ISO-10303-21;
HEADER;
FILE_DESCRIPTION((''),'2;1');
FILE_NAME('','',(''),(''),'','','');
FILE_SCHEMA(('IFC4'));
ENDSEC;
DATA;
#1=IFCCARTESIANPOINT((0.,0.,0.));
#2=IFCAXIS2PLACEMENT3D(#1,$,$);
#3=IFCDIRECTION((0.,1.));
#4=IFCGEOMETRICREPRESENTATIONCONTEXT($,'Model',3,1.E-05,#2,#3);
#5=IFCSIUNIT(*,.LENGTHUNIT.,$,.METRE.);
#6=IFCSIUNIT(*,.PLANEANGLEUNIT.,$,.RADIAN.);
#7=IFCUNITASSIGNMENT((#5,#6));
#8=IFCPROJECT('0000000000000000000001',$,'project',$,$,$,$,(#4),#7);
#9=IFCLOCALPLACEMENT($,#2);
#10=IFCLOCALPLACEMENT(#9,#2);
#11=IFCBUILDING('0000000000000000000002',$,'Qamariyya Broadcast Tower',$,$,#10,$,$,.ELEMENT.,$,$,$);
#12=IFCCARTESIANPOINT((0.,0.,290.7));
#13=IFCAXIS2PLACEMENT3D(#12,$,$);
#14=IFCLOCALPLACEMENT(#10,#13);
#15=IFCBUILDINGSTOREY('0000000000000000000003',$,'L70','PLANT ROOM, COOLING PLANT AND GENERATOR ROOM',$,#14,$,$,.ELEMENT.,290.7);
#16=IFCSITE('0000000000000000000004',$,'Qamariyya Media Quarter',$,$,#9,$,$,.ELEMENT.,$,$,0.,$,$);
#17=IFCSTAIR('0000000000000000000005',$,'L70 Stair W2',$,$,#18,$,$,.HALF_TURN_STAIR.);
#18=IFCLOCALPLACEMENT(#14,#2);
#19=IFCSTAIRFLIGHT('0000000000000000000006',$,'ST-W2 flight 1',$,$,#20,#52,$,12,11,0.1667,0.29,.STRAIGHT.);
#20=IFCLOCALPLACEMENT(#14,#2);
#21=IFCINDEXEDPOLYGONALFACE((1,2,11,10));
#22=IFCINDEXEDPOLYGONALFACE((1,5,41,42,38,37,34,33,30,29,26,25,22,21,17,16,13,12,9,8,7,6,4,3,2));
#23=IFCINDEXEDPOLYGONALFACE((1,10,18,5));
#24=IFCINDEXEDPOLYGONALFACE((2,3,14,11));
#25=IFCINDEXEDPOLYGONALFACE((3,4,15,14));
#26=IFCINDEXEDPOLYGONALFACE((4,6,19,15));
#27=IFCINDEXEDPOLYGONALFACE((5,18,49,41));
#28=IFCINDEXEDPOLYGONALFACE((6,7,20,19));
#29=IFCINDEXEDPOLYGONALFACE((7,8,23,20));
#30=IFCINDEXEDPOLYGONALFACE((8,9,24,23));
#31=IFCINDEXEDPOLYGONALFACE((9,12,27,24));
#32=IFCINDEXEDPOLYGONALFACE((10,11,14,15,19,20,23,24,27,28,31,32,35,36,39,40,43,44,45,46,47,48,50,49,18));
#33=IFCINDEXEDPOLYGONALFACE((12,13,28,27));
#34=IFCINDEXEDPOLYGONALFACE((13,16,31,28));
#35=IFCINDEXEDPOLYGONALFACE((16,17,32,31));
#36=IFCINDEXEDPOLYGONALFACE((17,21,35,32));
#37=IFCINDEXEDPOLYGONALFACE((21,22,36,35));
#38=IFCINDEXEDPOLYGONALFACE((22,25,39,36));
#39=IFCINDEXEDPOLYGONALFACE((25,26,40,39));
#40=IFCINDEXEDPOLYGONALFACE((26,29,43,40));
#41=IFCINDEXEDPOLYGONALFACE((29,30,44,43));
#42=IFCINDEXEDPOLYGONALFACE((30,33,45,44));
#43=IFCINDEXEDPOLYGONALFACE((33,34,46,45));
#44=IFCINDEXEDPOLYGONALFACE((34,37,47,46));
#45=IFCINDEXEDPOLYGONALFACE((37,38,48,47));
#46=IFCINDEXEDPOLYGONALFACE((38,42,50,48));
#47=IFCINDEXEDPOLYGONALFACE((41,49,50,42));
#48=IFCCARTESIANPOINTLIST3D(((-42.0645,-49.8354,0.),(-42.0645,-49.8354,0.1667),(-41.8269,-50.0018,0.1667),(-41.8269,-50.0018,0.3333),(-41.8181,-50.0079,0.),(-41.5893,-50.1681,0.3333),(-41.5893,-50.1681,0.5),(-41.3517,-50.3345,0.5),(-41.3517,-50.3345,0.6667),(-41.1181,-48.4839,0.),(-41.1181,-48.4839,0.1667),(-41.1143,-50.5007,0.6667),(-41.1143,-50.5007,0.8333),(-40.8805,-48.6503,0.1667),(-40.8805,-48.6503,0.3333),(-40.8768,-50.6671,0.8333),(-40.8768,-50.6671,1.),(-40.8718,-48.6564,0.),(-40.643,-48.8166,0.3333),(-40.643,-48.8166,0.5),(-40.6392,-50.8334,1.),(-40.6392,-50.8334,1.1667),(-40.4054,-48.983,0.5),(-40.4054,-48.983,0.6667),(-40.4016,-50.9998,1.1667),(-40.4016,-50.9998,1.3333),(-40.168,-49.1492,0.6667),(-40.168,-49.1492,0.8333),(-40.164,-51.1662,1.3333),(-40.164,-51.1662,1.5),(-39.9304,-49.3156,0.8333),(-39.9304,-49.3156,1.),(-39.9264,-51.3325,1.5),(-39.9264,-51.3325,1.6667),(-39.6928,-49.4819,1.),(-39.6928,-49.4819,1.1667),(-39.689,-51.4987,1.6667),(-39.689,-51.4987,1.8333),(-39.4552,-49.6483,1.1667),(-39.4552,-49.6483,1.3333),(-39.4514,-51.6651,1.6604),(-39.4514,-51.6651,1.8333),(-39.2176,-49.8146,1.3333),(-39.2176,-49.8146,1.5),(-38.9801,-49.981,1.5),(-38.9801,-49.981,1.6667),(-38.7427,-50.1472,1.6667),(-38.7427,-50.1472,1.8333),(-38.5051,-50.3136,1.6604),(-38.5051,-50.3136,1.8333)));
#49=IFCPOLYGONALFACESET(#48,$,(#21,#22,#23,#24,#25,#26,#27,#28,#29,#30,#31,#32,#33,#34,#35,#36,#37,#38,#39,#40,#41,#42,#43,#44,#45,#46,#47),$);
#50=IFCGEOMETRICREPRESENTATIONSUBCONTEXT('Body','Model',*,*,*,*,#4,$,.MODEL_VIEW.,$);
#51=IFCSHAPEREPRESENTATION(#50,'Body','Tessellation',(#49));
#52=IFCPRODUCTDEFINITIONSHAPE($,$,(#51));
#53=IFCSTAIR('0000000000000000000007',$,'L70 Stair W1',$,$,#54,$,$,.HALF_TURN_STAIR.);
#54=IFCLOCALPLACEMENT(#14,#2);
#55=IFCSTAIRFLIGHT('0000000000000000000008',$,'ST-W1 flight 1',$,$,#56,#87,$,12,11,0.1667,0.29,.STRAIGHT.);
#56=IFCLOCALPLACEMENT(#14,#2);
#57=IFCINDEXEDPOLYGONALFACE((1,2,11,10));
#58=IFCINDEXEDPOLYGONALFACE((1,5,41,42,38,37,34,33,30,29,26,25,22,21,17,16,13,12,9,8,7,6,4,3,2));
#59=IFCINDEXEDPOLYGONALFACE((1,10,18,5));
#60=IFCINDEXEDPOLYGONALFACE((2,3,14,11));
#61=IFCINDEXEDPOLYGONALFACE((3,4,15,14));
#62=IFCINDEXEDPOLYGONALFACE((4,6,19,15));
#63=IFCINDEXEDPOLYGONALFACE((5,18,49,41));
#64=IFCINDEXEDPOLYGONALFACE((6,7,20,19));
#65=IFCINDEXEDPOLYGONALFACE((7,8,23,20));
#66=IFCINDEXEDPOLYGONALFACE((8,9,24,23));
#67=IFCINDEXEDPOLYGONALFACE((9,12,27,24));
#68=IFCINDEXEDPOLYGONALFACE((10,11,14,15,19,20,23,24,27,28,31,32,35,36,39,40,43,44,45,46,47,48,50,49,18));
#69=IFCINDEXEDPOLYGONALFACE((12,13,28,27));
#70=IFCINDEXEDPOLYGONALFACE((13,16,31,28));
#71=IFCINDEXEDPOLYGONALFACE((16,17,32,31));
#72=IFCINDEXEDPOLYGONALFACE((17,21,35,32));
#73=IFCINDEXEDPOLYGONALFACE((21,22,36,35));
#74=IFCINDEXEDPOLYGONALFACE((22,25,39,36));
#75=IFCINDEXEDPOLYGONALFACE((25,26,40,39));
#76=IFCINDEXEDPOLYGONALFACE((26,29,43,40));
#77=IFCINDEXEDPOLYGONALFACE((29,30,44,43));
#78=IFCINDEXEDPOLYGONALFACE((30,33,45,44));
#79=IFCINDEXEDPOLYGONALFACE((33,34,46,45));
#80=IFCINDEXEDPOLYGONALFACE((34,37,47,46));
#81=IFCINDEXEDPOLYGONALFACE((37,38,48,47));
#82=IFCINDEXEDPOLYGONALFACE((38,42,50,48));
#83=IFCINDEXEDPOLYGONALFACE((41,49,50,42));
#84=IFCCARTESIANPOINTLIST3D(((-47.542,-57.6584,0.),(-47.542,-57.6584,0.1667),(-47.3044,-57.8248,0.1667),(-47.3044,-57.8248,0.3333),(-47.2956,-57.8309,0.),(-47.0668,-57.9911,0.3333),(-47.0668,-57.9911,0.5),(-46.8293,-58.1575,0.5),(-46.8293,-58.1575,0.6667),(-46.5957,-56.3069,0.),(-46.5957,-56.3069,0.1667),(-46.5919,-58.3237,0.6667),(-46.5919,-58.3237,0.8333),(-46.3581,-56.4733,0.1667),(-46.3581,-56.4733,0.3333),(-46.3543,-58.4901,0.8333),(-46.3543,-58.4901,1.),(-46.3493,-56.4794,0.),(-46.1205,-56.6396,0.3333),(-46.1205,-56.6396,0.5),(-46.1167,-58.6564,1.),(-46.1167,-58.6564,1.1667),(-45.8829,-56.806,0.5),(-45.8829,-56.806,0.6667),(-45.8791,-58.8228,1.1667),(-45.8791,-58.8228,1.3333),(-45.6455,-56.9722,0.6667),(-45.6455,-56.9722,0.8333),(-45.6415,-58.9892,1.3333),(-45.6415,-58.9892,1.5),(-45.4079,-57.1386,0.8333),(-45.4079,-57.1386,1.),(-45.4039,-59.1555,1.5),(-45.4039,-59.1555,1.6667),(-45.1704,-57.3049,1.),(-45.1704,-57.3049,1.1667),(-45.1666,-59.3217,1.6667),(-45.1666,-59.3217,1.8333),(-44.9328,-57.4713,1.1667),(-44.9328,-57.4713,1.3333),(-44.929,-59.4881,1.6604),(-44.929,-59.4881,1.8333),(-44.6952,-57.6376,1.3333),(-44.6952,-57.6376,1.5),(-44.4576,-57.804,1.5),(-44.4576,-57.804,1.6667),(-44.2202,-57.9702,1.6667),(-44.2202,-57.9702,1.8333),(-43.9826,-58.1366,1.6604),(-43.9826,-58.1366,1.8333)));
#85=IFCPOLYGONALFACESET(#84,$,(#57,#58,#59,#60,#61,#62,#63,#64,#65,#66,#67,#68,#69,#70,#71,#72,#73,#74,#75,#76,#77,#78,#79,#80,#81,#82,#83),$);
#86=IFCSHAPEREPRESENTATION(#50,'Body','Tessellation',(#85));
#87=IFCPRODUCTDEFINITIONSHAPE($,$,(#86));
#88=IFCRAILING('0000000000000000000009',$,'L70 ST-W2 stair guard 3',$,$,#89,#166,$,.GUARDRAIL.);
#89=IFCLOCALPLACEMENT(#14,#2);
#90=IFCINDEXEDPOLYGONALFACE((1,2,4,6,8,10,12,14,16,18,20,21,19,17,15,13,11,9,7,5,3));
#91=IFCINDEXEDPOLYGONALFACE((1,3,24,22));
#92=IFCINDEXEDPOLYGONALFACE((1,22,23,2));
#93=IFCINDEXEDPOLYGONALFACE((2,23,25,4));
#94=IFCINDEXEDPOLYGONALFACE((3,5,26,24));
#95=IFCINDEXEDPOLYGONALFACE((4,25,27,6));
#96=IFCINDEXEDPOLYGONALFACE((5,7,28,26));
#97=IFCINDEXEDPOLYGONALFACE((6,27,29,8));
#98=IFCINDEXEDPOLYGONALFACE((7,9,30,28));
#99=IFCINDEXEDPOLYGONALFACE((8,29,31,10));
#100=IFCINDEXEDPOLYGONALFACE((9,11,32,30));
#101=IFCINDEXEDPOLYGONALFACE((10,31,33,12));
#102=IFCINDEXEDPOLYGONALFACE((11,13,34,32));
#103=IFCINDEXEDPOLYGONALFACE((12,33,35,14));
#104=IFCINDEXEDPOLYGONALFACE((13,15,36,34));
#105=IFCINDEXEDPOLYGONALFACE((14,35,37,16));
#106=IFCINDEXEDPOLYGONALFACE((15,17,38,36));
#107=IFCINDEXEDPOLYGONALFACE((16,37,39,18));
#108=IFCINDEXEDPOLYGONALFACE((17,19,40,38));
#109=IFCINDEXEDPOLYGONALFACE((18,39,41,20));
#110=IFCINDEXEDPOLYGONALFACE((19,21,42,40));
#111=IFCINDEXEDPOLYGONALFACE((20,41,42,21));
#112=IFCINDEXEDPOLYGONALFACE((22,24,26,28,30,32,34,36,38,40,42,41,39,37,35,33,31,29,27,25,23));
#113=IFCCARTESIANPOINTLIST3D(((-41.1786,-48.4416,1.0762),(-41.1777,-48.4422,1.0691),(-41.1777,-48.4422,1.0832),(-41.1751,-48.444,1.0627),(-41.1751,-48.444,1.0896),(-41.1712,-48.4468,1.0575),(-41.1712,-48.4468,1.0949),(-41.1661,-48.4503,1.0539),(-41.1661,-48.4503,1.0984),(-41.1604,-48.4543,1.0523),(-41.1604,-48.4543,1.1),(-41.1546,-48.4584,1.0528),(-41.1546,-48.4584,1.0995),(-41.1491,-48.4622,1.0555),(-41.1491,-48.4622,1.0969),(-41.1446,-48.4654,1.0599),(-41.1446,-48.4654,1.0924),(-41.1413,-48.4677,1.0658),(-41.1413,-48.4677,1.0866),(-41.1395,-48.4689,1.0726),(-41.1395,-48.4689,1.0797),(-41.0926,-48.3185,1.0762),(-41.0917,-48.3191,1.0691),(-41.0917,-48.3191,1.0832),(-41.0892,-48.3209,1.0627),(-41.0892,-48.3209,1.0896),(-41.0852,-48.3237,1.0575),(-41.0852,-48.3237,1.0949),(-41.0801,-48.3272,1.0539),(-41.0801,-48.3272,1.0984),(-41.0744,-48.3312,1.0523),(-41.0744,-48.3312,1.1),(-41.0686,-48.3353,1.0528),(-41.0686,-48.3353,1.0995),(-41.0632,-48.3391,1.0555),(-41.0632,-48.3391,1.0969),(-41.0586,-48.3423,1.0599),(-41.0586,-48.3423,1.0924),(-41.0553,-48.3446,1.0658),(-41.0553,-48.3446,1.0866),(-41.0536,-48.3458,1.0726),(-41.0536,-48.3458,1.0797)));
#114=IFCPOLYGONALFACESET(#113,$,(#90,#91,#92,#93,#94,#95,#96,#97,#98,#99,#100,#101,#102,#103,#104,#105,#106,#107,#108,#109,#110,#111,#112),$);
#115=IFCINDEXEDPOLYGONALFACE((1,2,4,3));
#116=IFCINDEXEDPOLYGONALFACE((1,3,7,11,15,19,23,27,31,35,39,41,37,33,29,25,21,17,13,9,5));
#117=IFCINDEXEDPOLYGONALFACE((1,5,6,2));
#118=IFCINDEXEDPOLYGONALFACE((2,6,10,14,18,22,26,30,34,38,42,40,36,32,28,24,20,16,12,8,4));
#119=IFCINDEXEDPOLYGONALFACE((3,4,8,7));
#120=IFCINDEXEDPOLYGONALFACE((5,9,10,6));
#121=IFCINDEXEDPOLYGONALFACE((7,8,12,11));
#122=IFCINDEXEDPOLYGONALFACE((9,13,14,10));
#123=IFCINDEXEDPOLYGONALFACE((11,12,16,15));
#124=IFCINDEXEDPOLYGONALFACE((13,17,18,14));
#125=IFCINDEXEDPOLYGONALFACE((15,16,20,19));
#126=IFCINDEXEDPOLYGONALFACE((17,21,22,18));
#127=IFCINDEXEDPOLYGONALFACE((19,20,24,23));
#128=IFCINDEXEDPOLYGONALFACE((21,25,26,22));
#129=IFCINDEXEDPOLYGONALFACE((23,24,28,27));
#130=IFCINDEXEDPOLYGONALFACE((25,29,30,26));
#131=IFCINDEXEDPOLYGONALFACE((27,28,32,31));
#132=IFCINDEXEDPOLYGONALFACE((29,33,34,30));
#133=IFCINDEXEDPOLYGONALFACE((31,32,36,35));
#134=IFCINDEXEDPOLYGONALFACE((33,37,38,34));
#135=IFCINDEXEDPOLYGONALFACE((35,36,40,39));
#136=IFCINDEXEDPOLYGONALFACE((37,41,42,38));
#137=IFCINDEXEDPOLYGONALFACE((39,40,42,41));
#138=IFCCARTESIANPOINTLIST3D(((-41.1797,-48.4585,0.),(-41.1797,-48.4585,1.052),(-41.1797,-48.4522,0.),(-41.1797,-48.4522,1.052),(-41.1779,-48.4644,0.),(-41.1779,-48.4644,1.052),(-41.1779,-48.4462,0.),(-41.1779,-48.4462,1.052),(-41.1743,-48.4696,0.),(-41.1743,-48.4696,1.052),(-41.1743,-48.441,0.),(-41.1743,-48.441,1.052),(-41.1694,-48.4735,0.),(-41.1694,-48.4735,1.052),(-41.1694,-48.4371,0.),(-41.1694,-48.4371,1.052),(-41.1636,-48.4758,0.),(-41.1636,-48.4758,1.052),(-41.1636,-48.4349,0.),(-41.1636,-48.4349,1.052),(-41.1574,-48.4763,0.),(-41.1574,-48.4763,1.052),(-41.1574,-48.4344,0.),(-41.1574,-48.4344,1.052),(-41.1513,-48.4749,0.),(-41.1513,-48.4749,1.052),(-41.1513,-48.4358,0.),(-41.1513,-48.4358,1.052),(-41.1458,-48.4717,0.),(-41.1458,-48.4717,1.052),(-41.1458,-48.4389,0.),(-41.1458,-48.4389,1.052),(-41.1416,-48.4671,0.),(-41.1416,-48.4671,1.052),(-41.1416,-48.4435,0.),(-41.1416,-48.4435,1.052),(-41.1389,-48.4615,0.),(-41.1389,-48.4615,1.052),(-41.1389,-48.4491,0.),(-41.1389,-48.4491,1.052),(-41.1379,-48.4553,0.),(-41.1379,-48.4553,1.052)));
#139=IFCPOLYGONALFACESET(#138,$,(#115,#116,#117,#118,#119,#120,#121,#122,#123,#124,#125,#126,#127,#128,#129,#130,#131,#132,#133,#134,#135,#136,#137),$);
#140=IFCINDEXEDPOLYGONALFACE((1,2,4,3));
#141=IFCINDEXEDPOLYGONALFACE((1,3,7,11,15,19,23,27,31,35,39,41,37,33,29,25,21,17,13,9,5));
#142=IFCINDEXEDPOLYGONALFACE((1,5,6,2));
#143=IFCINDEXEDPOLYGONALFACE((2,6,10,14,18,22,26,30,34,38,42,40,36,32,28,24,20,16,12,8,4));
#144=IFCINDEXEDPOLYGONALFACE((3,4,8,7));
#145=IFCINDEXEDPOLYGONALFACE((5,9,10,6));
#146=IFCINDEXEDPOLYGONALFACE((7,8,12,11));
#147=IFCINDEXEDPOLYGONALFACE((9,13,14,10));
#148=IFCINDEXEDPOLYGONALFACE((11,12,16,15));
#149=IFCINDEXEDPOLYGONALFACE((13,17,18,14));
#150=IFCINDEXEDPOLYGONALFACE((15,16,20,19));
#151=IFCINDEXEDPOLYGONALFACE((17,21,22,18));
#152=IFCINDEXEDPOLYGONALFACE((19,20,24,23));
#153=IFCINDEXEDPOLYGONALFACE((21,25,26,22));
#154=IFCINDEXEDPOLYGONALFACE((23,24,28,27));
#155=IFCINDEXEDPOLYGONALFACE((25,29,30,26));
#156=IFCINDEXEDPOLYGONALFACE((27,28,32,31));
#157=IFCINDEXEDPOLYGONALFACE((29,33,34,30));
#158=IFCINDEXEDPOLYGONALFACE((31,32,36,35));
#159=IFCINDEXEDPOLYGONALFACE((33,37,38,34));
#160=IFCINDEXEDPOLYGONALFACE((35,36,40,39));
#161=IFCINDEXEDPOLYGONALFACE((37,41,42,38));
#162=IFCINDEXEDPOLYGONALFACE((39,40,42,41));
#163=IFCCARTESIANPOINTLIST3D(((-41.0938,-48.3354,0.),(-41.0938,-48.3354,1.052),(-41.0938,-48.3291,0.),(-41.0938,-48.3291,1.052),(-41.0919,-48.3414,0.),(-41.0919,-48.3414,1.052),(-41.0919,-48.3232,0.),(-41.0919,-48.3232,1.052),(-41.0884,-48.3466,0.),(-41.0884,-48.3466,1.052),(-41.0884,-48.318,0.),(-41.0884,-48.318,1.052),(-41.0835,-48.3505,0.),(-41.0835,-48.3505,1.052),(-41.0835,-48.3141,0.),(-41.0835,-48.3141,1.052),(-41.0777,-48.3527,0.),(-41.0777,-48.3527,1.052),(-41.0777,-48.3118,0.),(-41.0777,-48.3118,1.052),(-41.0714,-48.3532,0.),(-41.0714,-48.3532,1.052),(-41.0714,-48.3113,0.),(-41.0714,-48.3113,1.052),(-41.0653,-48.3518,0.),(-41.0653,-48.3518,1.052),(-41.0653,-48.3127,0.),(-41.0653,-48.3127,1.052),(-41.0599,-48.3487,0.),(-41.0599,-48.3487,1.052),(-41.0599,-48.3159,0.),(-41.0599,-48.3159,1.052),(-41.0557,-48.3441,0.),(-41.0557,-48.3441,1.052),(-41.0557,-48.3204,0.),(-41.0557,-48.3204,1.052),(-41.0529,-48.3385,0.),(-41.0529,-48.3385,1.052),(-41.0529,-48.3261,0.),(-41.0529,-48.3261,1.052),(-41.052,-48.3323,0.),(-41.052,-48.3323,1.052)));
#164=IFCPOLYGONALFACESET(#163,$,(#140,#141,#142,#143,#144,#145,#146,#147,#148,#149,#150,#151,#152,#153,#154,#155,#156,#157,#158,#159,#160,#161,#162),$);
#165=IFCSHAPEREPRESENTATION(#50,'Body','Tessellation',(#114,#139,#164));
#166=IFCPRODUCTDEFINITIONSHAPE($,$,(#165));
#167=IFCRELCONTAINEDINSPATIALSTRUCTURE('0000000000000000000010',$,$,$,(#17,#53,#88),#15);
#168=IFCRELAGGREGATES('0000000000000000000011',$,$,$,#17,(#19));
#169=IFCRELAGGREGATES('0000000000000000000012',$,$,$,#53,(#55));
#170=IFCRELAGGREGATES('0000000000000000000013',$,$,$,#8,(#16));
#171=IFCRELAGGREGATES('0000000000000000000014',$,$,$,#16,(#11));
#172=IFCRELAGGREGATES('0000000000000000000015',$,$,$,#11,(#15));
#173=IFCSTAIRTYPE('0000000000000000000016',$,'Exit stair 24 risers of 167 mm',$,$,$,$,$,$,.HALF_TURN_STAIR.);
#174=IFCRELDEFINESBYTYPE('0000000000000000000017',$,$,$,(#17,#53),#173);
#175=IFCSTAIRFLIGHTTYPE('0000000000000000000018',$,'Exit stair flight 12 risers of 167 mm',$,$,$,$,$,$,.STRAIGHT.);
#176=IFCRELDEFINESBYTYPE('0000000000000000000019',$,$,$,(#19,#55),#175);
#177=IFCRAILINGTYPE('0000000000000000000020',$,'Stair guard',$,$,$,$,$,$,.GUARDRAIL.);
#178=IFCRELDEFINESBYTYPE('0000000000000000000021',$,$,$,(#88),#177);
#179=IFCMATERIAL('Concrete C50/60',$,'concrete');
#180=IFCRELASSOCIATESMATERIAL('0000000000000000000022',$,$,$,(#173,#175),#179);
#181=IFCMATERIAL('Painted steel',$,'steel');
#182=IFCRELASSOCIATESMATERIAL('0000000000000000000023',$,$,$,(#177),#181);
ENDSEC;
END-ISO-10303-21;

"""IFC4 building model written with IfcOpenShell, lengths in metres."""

from ifc_helpers import new_model, si_unit, direction, frame, origin, origin_2d, place, context, subcontext, project, spatial, polyline, circle, outline, extrude, material, type_object, element, aggregate, save


model = new_model("IFC4")

# Units and contexts
model_context = context("Model", 3, precision=1e-05, world=origin(), true_north=direction((0.0, 1.0)))
body_context = subcontext(model_context, "Body", "Model", "MODEL_VIEW")
ifc_project = project(units=[si_unit("LENGTHUNIT", "METRE"), si_unit("PLANEANGLEUNIT", "RADIAN")], contexts=[model_context])

# Site, building, storey
site_placement = place(None, origin())
site = spatial("IfcSite", under=ifc_project, at=site_placement, Name="Qamariyya Media Quarter", CompositionType="ELEMENT", RefElevation=0.0)
building_placement = place(site_placement, origin())
building = spatial("IfcBuilding", under=site, at=building_placement, Name="Qamariyya Broadcast Tower", CompositionType="ELEMENT")
storey_placement = place(building_placement, frame((0.0, 0.0, 290.7)))
storey = spatial("IfcBuildingStorey", under=building, at=storey_placement, Name="L70", Description="PLANT ROOM, COOLING PLANT AND GENERATOR ROOM", CompositionType="ELEMENT", Elevation=290.7)

# Shared definitions
ifc_material_1 = material(Name="Concrete C50/60", Category="concrete")

# Stairs, stair flights
stair_type = type_object("IfcStairType", Name="Exit stair 24 risers of 167 mm", PredefinedType="HALF_TURN_STAIR", material=ifc_material_1)
stair_1_placement = place(storey_placement, origin())
stair_1 = element("IfcStair", 1, at=stair_1_placement, inside=storey, type_object=stair_type, Name="L70 Stair W2", PredefinedType="HALF_TURN_STAIR")
stair_flight_type = type_object("IfcStairFlightType", Name="Exit stair flight 12 risers of 167 mm", PredefinedType="STRAIGHT", material=ifc_material_1)
stair_flight_1_placement = place(storey_placement, frame((-41.5913, -49.1597, 0.0), z_axis=(0.0, 0.0, 1.0), x_axis=(0.819152, -0.573576, 0.0)))
stair_flight_1 = element("IfcStairFlight", 2, at=stair_flight_1_placement, type_object=stair_flight_type, Name="ST-W2 flight 1", NumberOfRisers=12, NumberOfTreads=11, PredefinedType="STRAIGHT", RiserHeight=0.1667, TreadLength=0.29, context=body_context, shape_type="SweptSolid", body=[
    extrude(outline(polyline([(0.0, 0.0), (0.0, 0.1667), (0.29, 0.1667), (0.29, 0.3333), (0.5801, 0.3333), (0.5801, 0.5), (0.8701, 0.5), (0.8701, 0.6667), (1.1599, 0.6667), (1.1599, 0.8333), (1.45, 0.8333), (1.45, 1.0), (1.74, 1.0), (1.74, 1.1667), (2.03, 1.1667), (2.03, 1.3333), (2.3201, 1.3333), (2.3201, 1.5), (2.6101, 1.5), (2.6101, 1.6667), (2.8999, 1.6667), (2.8999, 1.8333), (3.1899, 1.8333), (3.1899, 2.0), (3.1899, 1.6604), (0.3008, 0.0), (0.0, 0.0)])), frame((0.0, 0.825, 0.0), z_axis=(0.0, -1.0, 0.0), x_axis=(1.0, 0.0, 0.0)), (0.0, 0.0, 1.0), 1.6499),
])
aggregate(stair_1, [stair_flight_1])
stair_2_placement = place(storey_placement, origin())
stair_2 = element("IfcStair", 3, at=stair_2_placement, inside=storey, type_object=stair_type, Name="L70 Stair W1", PredefinedType="HALF_TURN_STAIR")
stair_flight_2_placement = place(storey_placement, frame((-47.0688, -56.9827, 0.0), z_axis=(0.0, 0.0, 1.0), x_axis=(0.819152, -0.573576, 0.0)))
stair_flight_2 = element("IfcStairFlight", 4, at=stair_flight_2_placement, type_object=stair_flight_type, Name="ST-W1 flight 1", NumberOfRisers=12, NumberOfTreads=11, PredefinedType="STRAIGHT", RiserHeight=0.1667, TreadLength=0.29, context=body_context, shape_type="SweptSolid", body=[
    extrude(outline(polyline([(0.0, 0.0), (0.0, 0.1667), (0.29, 0.1667), (0.29, 0.3333), (0.5801, 0.3333), (0.5801, 0.5), (0.8701, 0.5), (0.8701, 0.6667), (1.1599, 0.6667), (1.1599, 0.8333), (1.45, 0.8333), (1.45, 1.0), (1.74, 1.0), (1.74, 1.1667), (2.03, 1.1667), (2.03, 1.3333), (2.3201, 1.3333), (2.3201, 1.5), (2.6101, 1.5), (2.6101, 1.6667), (2.8999, 1.6667), (2.8999, 1.8333), (3.1899, 1.8333), (3.1899, 2.0), (3.1899, 1.6604), (0.3008, 0.0), (0.0, 0.0)])), frame((0.0, 0.825, 0.0), z_axis=(0.0, -1.0, 0.0), x_axis=(1.0, 0.0, 0.0)), (0.0, 0.0, 1.0), 1.6499),
])
aggregate(stair_2, [stair_flight_2])

# Railing
ifc_material_2 = material(Name="Painted steel", Category="steel")
railing_type_1 = type_object("IfcRailingType", Name="Stair guard", PredefinedType="GUARDRAIL", material=ifc_material_2)
railing_1_placement = place(storey_placement, frame((-41.1589, -48.4553, 0.0)))
element("IfcRailing", 5, at=railing_1_placement, inside=storey, type_object=railing_type_1, Name="L70 ST-W2 stair guard 3", PredefinedType="GUARDRAIL", context=body_context, shape_type="SweptSolid", body=[
    extrude(circle(Radius=0.0239, at=origin_2d()), frame((0.0, 0.0, 1.0762), z_axis=(0.572589, 0.819843, 0.0), x_axis=(-0.819843, 0.572589, 0.0)), (0.0, 0.0, 1.0), 0.1501),
    extrude(circle(Radius=0.021, at=origin_2d()), origin(), (0.0, 0.0, 1.0), 1.052),
    extrude(circle(Radius=0.021, at=origin_2d()), frame((0.0859, 0.123, 0.0)), (0.0, 0.0, 1.0), 1.052),
])

save(model, "model.ifc")
